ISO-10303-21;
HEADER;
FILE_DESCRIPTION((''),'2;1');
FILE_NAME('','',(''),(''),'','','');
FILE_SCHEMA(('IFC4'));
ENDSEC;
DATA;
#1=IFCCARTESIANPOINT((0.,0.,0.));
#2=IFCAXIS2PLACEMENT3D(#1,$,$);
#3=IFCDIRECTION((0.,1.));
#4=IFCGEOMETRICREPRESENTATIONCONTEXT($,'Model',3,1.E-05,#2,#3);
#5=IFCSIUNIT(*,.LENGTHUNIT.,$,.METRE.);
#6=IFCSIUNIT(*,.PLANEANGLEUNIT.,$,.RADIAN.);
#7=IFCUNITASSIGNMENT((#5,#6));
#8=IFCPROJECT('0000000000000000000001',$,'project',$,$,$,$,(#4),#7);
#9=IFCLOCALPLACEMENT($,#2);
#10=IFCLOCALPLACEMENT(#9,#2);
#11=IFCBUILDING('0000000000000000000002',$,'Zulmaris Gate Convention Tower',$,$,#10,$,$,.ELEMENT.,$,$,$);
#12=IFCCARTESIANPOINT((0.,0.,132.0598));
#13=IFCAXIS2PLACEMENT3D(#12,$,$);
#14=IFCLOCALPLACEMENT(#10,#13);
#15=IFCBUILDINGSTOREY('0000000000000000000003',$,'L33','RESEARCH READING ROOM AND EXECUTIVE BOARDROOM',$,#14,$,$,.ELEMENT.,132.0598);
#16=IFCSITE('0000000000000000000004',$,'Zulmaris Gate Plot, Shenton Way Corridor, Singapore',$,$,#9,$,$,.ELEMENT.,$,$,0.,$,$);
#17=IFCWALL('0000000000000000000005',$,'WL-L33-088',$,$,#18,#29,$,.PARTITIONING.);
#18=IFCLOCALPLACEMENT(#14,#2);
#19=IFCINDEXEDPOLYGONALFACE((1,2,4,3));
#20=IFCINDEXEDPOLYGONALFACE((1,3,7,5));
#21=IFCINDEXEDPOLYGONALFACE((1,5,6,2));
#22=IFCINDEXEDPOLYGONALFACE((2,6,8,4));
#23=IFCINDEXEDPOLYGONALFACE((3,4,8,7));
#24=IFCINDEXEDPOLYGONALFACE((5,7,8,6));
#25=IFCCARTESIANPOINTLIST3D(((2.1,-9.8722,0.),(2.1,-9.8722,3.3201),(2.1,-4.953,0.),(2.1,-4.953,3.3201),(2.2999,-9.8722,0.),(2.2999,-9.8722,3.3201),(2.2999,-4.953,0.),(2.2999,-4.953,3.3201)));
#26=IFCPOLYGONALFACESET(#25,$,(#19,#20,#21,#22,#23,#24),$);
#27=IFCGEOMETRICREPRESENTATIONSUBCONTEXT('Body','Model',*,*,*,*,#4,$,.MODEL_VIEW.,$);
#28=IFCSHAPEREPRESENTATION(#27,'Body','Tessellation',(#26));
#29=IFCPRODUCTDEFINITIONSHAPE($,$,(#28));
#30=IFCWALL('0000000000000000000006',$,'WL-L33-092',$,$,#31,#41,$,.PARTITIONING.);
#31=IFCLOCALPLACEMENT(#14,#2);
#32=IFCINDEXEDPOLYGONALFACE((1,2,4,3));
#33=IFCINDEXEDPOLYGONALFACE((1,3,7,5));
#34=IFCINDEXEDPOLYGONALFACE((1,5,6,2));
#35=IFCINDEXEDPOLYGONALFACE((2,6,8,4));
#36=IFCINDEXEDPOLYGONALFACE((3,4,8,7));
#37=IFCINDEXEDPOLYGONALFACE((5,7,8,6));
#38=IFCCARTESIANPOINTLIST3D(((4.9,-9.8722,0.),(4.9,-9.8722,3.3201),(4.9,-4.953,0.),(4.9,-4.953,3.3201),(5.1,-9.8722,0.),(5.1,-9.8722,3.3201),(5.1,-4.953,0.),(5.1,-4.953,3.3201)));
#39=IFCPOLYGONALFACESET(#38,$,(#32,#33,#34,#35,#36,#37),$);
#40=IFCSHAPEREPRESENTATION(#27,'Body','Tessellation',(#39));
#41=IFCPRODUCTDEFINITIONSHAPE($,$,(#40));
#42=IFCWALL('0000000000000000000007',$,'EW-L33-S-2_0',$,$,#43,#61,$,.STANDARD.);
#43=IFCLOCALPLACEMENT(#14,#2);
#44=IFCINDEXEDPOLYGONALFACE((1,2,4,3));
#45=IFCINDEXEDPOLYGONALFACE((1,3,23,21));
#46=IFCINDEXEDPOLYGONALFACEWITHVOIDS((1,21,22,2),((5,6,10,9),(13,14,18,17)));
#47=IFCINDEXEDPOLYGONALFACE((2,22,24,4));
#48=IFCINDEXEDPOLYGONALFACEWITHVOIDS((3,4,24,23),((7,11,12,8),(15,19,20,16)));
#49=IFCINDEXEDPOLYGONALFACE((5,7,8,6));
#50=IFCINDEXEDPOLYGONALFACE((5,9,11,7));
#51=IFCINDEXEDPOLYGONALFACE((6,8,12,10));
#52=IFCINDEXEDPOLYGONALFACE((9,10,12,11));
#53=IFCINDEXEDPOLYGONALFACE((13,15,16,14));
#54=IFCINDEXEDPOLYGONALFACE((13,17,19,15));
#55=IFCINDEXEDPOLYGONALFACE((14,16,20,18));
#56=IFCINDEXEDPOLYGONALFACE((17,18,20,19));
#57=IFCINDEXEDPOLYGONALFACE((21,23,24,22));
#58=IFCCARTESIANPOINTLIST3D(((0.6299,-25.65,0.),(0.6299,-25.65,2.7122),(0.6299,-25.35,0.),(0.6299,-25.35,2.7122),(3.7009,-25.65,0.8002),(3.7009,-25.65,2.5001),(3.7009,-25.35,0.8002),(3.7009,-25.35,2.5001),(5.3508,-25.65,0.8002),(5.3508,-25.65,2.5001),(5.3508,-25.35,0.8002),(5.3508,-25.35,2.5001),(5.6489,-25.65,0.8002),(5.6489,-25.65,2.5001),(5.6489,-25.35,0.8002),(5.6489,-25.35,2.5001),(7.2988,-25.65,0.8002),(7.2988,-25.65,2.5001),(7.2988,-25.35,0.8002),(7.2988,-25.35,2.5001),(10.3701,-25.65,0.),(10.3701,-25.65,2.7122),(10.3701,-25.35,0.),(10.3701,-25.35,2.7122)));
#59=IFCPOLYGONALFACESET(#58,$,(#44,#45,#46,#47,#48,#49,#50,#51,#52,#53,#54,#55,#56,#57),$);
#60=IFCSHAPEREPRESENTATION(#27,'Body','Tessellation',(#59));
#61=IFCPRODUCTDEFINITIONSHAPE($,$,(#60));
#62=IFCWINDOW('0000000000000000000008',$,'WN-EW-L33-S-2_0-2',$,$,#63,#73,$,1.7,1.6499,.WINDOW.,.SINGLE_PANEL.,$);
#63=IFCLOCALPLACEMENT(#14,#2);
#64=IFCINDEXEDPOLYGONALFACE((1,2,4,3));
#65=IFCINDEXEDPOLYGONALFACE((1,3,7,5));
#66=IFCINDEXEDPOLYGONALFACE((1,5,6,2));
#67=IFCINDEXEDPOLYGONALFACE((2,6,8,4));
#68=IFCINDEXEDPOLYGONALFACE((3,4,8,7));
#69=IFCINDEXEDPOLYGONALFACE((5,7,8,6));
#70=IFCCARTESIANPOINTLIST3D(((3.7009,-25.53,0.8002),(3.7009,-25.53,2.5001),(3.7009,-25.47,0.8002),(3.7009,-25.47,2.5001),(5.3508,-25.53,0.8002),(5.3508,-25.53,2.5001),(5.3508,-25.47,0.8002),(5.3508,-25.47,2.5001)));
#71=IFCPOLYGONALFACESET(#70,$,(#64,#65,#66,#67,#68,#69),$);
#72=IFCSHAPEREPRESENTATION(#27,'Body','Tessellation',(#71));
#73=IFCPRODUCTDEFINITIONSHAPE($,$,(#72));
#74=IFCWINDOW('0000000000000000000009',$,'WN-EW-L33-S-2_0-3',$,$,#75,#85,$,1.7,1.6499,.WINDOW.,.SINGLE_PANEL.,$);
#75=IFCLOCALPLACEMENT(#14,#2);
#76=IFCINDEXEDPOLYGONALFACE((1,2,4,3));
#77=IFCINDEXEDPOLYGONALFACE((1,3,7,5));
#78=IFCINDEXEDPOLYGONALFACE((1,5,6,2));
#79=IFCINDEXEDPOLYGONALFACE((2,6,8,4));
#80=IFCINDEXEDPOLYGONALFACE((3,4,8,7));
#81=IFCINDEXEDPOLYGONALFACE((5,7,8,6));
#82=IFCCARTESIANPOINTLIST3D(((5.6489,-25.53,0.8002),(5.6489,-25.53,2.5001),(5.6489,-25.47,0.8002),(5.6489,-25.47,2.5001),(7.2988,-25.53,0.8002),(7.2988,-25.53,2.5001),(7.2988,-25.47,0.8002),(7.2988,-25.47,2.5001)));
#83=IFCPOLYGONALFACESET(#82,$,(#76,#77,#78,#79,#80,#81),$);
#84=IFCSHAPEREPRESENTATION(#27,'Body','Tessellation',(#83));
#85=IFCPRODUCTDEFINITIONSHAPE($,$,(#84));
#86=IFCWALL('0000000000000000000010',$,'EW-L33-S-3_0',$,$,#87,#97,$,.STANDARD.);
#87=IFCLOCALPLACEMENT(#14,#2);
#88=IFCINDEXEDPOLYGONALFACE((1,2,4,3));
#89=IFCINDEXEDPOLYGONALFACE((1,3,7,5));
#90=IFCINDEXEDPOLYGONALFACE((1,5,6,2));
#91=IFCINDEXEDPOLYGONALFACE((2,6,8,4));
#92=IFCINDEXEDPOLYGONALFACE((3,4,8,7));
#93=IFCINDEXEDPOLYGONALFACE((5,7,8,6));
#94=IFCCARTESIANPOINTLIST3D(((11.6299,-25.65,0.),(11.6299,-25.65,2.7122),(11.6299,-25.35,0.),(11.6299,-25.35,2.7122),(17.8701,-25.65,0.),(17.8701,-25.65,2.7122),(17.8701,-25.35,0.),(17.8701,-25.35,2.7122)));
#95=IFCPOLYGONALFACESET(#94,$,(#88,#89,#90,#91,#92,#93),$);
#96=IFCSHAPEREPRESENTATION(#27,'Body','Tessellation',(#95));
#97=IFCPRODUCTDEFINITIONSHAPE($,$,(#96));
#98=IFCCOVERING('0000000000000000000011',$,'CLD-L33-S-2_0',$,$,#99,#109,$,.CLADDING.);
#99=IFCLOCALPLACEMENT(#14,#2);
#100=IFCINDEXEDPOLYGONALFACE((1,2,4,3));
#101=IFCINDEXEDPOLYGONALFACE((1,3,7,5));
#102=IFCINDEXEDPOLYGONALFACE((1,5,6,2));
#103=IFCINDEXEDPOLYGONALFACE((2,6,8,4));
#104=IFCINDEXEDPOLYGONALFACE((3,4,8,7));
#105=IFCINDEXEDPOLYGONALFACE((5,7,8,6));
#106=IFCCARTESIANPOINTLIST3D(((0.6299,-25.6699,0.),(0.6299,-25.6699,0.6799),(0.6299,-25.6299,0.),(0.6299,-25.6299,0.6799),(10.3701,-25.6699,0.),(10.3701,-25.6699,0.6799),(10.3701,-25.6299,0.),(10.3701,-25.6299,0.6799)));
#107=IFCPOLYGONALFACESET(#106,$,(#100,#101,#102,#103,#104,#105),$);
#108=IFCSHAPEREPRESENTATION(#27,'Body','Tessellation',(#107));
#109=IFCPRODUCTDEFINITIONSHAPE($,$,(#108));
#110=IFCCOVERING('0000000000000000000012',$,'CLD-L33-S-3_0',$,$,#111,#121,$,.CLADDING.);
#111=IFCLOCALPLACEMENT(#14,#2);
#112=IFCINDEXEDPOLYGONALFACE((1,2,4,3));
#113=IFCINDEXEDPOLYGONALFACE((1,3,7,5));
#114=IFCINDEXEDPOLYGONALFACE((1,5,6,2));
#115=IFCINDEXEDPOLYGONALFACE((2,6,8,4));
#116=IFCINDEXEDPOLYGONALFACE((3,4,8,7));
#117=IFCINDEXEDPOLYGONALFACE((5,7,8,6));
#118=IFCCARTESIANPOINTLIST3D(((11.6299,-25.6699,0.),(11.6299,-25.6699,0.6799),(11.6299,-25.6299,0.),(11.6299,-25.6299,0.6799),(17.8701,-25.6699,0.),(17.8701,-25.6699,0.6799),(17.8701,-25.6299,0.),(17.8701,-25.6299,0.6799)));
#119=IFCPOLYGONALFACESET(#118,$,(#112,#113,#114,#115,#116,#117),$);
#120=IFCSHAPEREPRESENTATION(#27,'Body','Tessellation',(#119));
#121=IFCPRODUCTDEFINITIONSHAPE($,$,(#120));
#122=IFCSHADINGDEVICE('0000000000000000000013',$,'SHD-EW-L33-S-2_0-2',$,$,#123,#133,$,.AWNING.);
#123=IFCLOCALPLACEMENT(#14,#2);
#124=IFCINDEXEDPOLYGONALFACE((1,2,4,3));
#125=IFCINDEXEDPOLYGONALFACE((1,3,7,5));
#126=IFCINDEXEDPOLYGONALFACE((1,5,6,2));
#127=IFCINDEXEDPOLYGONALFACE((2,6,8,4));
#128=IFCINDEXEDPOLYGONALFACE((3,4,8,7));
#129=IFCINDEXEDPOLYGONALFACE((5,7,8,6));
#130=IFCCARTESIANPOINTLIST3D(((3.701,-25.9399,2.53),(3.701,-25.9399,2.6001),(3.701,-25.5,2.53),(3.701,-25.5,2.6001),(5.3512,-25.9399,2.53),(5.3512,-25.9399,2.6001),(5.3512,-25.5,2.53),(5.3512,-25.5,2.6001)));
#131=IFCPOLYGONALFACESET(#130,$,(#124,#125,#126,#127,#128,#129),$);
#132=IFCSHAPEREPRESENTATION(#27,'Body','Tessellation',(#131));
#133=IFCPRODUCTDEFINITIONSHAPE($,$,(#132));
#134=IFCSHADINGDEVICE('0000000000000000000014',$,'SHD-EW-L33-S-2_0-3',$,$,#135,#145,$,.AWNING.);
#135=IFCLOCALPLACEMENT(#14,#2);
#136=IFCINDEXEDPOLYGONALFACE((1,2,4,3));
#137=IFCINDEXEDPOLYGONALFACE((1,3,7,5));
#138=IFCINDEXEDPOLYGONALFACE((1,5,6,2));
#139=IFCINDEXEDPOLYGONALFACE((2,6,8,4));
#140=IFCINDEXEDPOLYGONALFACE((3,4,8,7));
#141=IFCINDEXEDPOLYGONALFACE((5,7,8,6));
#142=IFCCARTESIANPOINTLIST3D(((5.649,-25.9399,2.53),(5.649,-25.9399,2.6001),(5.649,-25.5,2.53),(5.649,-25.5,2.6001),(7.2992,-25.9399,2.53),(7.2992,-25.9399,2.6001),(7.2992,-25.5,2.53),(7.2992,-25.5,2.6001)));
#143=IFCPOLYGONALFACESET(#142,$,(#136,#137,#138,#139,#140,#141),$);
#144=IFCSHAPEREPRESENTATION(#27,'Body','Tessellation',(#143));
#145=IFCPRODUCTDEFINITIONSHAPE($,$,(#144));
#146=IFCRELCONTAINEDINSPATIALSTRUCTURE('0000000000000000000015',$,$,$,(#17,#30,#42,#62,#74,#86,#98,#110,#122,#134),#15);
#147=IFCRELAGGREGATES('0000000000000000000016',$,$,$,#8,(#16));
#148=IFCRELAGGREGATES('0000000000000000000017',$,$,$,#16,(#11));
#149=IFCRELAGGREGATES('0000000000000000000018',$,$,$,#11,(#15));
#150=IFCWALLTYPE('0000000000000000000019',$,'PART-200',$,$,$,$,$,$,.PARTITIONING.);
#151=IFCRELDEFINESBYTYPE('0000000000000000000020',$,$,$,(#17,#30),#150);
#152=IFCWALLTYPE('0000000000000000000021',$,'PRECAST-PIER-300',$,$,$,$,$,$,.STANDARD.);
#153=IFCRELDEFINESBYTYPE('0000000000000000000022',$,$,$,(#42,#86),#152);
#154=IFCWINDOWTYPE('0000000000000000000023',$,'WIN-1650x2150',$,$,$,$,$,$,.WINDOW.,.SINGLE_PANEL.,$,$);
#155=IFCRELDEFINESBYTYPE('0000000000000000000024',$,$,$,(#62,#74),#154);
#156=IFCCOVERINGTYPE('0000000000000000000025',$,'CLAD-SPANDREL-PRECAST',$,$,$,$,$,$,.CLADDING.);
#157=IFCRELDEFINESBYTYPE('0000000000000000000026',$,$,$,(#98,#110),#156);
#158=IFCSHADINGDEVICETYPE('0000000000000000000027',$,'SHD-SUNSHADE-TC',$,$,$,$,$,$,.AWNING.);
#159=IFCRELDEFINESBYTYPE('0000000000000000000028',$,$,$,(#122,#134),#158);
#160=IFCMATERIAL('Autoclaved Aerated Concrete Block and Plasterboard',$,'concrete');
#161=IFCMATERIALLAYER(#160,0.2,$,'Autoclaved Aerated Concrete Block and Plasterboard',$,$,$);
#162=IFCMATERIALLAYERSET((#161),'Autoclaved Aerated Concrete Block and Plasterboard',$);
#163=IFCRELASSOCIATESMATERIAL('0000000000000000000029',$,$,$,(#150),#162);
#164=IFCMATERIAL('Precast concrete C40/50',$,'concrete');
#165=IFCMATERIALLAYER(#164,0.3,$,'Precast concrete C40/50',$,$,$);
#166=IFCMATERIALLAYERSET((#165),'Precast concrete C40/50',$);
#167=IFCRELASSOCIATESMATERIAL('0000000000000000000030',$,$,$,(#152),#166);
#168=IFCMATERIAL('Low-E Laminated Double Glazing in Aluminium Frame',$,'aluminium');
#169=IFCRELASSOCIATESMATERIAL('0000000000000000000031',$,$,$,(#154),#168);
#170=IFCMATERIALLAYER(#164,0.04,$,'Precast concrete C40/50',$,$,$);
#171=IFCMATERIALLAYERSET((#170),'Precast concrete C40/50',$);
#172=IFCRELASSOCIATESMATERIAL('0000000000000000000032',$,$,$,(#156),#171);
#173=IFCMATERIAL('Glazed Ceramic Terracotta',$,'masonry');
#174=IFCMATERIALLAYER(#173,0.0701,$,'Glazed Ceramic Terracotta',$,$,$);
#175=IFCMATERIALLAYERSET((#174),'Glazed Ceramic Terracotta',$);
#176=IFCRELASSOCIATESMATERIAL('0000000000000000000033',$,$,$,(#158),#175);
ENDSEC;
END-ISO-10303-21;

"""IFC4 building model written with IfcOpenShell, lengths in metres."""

from ifc_helpers import new_model, si_unit, direction, frame, frame_2d, origin, place, context, subcontext, project, spatial, rectangle, extrude, material, layer, layer_set, type_object, element, fill, save


model = new_model("IFC4")

# Units and contexts
model_context = context("Model", 3, precision=1e-05, world=origin(), true_north=direction((0.0, 1.0)))
body_context = subcontext(model_context, "Body", "Model", "MODEL_VIEW")
ifc_project = project(units=[si_unit("LENGTHUNIT", "METRE"), si_unit("PLANEANGLEUNIT", "RADIAN")], contexts=[model_context])

# Site, building, storey
site_placement = place(None, origin())
site = spatial("IfcSite", under=ifc_project, at=site_placement, Name="Zulmaris Gate Plot, Shenton Way Corridor, Singapore", CompositionType="ELEMENT", RefElevation=0.0)
building_placement = place(site_placement, origin())
building = spatial("IfcBuilding", under=site, at=building_placement, Name="Zulmaris Gate Convention Tower", CompositionType="ELEMENT")
storey_placement = place(building_placement, frame((0.0, 0.0, 132.0598)))
storey = spatial("IfcBuildingStorey", under=building, at=storey_placement, Name="L33", Description="RESEARCH READING ROOM AND EXECUTIVE BOARDROOM", CompositionType="ELEMENT", Elevation=132.0598)

# Walls
ifc_material_1 = material(Name="Autoclaved Aerated Concrete Block and Plasterboard", Category="concrete")
ifc_layer_1 = layer(ifc_material_1, 0.2, Name="Autoclaved Aerated Concrete Block and Plasterboard")
ifc_layer_set_1 = layer_set([ifc_layer_1], Name="Autoclaved Aerated Concrete Block and Plasterboard")
wall_type_1 = type_object("IfcWallType", Name="PART-200", PredefinedType="PARTITIONING", material=ifc_layer_set_1)
for number, where, z_axis, x_axis, name in (
    (1, (2.2, -9.8721, 0.0), (0.0, 0.0, 1.0), (0.0, 1.0, 0.0), "WL-L33-088"),
    (2, (5.0, -9.8721, 0.0), (0.0, 0.0, 1.0), (0.0, 1.0, 0.0), "WL-L33-092"),
):
    element("IfcWall", number, at=place(storey_placement, frame(where, z_axis=z_axis, x_axis=x_axis)), inside=storey, type_object=wall_type_1, Name=name, PredefinedType="PARTITIONING", context=body_context, shape_type="SweptSolid", body=[
        extrude(rectangle(XDim=4.9192, YDim=0.2, at=frame_2d((2.4595, 0.0))), origin(), (0.0, 0.0, 1.0), 3.3201),
    ])

# Wall, openings, windows
ifc_material_2 = material(Name="Precast concrete C40/50", Category="concrete")
ifc_layer_2 = layer(ifc_material_2, 0.3, Name="Precast concrete C40/50")
ifc_layer_set_2 = layer_set([ifc_layer_2], Name="Precast concrete C40/50")
wall_type_2 = type_object("IfcWallType", Name="PRECAST-PIER-300", PredefinedType="STANDARD", material=ifc_layer_set_2)
wall_1_placement = place(storey_placement, frame((0.6299, -25.5, 0.0), z_axis=(0.0, 0.0, 1.0), x_axis=(1.0, 0.0, 0.0)))
wall_1 = element("IfcWall", 3, at=wall_1_placement, inside=storey, type_object=wall_type_2, Name="EW-L33-S-2_0", PredefinedType="STANDARD", context=body_context, shape_type="SweptSolid", body=[
    extrude(rectangle(XDim=9.7402, YDim=0.3, at=frame_2d((4.8701, 0.0))), origin(), (0.0, 0.0, 1.0), 2.7122),
])
opening_1_placement = place(wall_1_placement, frame((3.071, 0.0, 0.8)))
opening_1 = element("IfcOpeningElement", 4, at=opening_1_placement, cuts=wall_1, PredefinedType="OPENING", context=body_context, shape_type="SweptSolid", body=[
    extrude(rectangle(XDim=1.6499, YDim=1.7, at=frame_2d((0.825, 0.8501))), frame((0.0, 0.1602, 0.0), z_axis=(0.0, -1.0, 0.0), x_axis=(1.0, 0.0, 0.0)), (0.0, 0.0, 1.0), 0.3201),
])
opening_2_placement = place(wall_1_placement, frame((5.019, 0.0, 0.8)))
opening_2 = element("IfcOpeningElement", 5, at=opening_2_placement, cuts=wall_1, PredefinedType="OPENING", context=body_context, shape_type="SweptSolid", body=[
    extrude(rectangle(XDim=1.6499, YDim=1.7, at=frame_2d((0.825, 0.8501))), frame((0.0, 0.1602, 0.0), z_axis=(0.0, -1.0, 0.0), x_axis=(1.0, 0.0, 0.0)), (0.0, 0.0, 1.0), 0.3201),
])
ifc_material_3 = material(Name="Low-E Laminated Double Glazing in Aluminium Frame", Category="aluminium")
window_type = type_object("IfcWindowType", Name="WIN-1650x2150", PartitioningType="SINGLE_PANEL", PredefinedType="WINDOW", material=ifc_material_3)
window_1_placement = place(opening_1_placement, origin())
window_1 = element("IfcWindow", 6, at=window_1_placement, inside=storey, type_object=window_type, Name="WN-EW-L33-S-2_0-2", OverallHeight=1.7, OverallWidth=1.6499, PartitioningType="SINGLE_PANEL", PredefinedType="WINDOW", context=body_context, shape_type="SweptSolid", body=[
    extrude(rectangle(XDim=1.6499, YDim=1.7, at=frame_2d((0.825, 0.8501))), frame((0.0, 0.03, 0.0), z_axis=(0.0, -1.0, 0.0), x_axis=(1.0, 0.0, 0.0)), (0.0, 0.0, 1.0), 0.0601),
])
fill(opening_1, window_1)
window_2_placement = place(opening_2_placement, origin())
window_2 = element("IfcWindow", 7, at=window_2_placement, inside=storey, type_object=window_type, Name="WN-EW-L33-S-2_0-3", OverallHeight=1.7, OverallWidth=1.6499, PartitioningType="SINGLE_PANEL", PredefinedType="WINDOW", context=body_context, shape_type="SweptSolid", body=[
    extrude(rectangle(XDim=1.6499, YDim=1.7, at=frame_2d((0.825, 0.8501))), frame((0.0, 0.03, 0.0), z_axis=(0.0, -1.0, 0.0), x_axis=(1.0, 0.0, 0.0)), (0.0, 0.0, 1.0), 0.0601),
])
fill(opening_2, window_2)

# Wall
wall_2_placement = place(storey_placement, frame((11.6299, -25.5, 0.0), z_axis=(0.0, 0.0, 1.0), x_axis=(1.0, 0.0, 0.0)))
element("IfcWall", 8, at=wall_2_placement, inside=storey, type_object=wall_type_2, Name="EW-L33-S-3_0", PredefinedType="STANDARD", context=body_context, shape_type="SweptSolid", body=[
    extrude(rectangle(XDim=6.2402, YDim=0.3, at=frame_2d((3.1201, 0.0))), origin(), (0.0, 0.0, 1.0), 2.7122),
])

# Coverings
ifc_layer_3 = layer(ifc_material_2, 0.04, Name="Precast concrete C40/50")
ifc_layer_set_3 = layer_set([ifc_layer_3], Name="Precast concrete C40/50")
covering_type = type_object("IfcCoveringType", Name="CLAD-SPANDREL-PRECAST", PredefinedType="CLADDING", material=ifc_layer_set_3)
covering_1_placement = place(storey_placement, frame((0.6299, -25.6499, 0.0), z_axis=(0.0, 0.0, 1.0), x_axis=(1.0, 0.0, 0.0)))
element("IfcCovering", 9, at=covering_1_placement, inside=storey, type_object=covering_type, Name="CLD-L33-S-2_0", PredefinedType="CLADDING", context=body_context, shape_type="SweptSolid", body=[
    extrude(rectangle(XDim=9.7402, YDim=0.04, at=frame_2d((4.8701, 0.0))), origin(), (0.0, 0.0, 1.0), 0.6799),
])
covering_2_placement = place(storey_placement, frame((11.6299, -25.6499, 0.0), z_axis=(0.0, 0.0, 1.0), x_axis=(1.0, 0.0, 0.0)))
element("IfcCovering", 10, at=covering_2_placement, inside=storey, type_object=covering_type, Name="CLD-L33-S-3_0", PredefinedType="CLADDING", context=body_context, shape_type="SweptSolid", body=[
    extrude(rectangle(XDim=6.2402, YDim=0.04, at=frame_2d((3.1201, 0.0))), origin(), (0.0, 0.0, 1.0), 0.6799),
])

# Shading devices
ifc_material_4 = material(Name="Glazed Ceramic Terracotta", Category="masonry")
ifc_layer_4 = layer(ifc_material_4, 0.0701, Name="Glazed Ceramic Terracotta")
ifc_layer_set_4 = layer_set([ifc_layer_4], Name="Glazed Ceramic Terracotta")
shading_device_type = type_object("IfcShadingDeviceType", Name="SHD-SUNSHADE-TC", PredefinedType="AWNING", material=ifc_layer_set_4)
for number, where, z_axis, x_axis, name in (
    (11, (3.7009, -25.72, 2.53), (0.0, 0.0, 1.0), (1.0, 0.0, 0.0), "SHD-EW-L33-S-2_0-2"),
    (12, (5.6489, -25.72, 2.53), (0.0, 0.0, 1.0), (1.0, 0.0, 0.0), "SHD-EW-L33-S-2_0-3"),
):
    element("IfcShadingDevice", number, at=place(storey_placement, frame(where, z_axis=z_axis, x_axis=x_axis)), inside=storey, type_object=shading_device_type, Name=name, PredefinedType="AWNING", context=body_context, shape_type="SweptSolid", body=[
        extrude(rectangle(XDim=1.6501, YDim=0.4399, at=frame_2d((0.8252, 0.0))), origin(), (0.0, 0.0, 1.0), 0.0701),
    ])

save(model, "model.ifc")
